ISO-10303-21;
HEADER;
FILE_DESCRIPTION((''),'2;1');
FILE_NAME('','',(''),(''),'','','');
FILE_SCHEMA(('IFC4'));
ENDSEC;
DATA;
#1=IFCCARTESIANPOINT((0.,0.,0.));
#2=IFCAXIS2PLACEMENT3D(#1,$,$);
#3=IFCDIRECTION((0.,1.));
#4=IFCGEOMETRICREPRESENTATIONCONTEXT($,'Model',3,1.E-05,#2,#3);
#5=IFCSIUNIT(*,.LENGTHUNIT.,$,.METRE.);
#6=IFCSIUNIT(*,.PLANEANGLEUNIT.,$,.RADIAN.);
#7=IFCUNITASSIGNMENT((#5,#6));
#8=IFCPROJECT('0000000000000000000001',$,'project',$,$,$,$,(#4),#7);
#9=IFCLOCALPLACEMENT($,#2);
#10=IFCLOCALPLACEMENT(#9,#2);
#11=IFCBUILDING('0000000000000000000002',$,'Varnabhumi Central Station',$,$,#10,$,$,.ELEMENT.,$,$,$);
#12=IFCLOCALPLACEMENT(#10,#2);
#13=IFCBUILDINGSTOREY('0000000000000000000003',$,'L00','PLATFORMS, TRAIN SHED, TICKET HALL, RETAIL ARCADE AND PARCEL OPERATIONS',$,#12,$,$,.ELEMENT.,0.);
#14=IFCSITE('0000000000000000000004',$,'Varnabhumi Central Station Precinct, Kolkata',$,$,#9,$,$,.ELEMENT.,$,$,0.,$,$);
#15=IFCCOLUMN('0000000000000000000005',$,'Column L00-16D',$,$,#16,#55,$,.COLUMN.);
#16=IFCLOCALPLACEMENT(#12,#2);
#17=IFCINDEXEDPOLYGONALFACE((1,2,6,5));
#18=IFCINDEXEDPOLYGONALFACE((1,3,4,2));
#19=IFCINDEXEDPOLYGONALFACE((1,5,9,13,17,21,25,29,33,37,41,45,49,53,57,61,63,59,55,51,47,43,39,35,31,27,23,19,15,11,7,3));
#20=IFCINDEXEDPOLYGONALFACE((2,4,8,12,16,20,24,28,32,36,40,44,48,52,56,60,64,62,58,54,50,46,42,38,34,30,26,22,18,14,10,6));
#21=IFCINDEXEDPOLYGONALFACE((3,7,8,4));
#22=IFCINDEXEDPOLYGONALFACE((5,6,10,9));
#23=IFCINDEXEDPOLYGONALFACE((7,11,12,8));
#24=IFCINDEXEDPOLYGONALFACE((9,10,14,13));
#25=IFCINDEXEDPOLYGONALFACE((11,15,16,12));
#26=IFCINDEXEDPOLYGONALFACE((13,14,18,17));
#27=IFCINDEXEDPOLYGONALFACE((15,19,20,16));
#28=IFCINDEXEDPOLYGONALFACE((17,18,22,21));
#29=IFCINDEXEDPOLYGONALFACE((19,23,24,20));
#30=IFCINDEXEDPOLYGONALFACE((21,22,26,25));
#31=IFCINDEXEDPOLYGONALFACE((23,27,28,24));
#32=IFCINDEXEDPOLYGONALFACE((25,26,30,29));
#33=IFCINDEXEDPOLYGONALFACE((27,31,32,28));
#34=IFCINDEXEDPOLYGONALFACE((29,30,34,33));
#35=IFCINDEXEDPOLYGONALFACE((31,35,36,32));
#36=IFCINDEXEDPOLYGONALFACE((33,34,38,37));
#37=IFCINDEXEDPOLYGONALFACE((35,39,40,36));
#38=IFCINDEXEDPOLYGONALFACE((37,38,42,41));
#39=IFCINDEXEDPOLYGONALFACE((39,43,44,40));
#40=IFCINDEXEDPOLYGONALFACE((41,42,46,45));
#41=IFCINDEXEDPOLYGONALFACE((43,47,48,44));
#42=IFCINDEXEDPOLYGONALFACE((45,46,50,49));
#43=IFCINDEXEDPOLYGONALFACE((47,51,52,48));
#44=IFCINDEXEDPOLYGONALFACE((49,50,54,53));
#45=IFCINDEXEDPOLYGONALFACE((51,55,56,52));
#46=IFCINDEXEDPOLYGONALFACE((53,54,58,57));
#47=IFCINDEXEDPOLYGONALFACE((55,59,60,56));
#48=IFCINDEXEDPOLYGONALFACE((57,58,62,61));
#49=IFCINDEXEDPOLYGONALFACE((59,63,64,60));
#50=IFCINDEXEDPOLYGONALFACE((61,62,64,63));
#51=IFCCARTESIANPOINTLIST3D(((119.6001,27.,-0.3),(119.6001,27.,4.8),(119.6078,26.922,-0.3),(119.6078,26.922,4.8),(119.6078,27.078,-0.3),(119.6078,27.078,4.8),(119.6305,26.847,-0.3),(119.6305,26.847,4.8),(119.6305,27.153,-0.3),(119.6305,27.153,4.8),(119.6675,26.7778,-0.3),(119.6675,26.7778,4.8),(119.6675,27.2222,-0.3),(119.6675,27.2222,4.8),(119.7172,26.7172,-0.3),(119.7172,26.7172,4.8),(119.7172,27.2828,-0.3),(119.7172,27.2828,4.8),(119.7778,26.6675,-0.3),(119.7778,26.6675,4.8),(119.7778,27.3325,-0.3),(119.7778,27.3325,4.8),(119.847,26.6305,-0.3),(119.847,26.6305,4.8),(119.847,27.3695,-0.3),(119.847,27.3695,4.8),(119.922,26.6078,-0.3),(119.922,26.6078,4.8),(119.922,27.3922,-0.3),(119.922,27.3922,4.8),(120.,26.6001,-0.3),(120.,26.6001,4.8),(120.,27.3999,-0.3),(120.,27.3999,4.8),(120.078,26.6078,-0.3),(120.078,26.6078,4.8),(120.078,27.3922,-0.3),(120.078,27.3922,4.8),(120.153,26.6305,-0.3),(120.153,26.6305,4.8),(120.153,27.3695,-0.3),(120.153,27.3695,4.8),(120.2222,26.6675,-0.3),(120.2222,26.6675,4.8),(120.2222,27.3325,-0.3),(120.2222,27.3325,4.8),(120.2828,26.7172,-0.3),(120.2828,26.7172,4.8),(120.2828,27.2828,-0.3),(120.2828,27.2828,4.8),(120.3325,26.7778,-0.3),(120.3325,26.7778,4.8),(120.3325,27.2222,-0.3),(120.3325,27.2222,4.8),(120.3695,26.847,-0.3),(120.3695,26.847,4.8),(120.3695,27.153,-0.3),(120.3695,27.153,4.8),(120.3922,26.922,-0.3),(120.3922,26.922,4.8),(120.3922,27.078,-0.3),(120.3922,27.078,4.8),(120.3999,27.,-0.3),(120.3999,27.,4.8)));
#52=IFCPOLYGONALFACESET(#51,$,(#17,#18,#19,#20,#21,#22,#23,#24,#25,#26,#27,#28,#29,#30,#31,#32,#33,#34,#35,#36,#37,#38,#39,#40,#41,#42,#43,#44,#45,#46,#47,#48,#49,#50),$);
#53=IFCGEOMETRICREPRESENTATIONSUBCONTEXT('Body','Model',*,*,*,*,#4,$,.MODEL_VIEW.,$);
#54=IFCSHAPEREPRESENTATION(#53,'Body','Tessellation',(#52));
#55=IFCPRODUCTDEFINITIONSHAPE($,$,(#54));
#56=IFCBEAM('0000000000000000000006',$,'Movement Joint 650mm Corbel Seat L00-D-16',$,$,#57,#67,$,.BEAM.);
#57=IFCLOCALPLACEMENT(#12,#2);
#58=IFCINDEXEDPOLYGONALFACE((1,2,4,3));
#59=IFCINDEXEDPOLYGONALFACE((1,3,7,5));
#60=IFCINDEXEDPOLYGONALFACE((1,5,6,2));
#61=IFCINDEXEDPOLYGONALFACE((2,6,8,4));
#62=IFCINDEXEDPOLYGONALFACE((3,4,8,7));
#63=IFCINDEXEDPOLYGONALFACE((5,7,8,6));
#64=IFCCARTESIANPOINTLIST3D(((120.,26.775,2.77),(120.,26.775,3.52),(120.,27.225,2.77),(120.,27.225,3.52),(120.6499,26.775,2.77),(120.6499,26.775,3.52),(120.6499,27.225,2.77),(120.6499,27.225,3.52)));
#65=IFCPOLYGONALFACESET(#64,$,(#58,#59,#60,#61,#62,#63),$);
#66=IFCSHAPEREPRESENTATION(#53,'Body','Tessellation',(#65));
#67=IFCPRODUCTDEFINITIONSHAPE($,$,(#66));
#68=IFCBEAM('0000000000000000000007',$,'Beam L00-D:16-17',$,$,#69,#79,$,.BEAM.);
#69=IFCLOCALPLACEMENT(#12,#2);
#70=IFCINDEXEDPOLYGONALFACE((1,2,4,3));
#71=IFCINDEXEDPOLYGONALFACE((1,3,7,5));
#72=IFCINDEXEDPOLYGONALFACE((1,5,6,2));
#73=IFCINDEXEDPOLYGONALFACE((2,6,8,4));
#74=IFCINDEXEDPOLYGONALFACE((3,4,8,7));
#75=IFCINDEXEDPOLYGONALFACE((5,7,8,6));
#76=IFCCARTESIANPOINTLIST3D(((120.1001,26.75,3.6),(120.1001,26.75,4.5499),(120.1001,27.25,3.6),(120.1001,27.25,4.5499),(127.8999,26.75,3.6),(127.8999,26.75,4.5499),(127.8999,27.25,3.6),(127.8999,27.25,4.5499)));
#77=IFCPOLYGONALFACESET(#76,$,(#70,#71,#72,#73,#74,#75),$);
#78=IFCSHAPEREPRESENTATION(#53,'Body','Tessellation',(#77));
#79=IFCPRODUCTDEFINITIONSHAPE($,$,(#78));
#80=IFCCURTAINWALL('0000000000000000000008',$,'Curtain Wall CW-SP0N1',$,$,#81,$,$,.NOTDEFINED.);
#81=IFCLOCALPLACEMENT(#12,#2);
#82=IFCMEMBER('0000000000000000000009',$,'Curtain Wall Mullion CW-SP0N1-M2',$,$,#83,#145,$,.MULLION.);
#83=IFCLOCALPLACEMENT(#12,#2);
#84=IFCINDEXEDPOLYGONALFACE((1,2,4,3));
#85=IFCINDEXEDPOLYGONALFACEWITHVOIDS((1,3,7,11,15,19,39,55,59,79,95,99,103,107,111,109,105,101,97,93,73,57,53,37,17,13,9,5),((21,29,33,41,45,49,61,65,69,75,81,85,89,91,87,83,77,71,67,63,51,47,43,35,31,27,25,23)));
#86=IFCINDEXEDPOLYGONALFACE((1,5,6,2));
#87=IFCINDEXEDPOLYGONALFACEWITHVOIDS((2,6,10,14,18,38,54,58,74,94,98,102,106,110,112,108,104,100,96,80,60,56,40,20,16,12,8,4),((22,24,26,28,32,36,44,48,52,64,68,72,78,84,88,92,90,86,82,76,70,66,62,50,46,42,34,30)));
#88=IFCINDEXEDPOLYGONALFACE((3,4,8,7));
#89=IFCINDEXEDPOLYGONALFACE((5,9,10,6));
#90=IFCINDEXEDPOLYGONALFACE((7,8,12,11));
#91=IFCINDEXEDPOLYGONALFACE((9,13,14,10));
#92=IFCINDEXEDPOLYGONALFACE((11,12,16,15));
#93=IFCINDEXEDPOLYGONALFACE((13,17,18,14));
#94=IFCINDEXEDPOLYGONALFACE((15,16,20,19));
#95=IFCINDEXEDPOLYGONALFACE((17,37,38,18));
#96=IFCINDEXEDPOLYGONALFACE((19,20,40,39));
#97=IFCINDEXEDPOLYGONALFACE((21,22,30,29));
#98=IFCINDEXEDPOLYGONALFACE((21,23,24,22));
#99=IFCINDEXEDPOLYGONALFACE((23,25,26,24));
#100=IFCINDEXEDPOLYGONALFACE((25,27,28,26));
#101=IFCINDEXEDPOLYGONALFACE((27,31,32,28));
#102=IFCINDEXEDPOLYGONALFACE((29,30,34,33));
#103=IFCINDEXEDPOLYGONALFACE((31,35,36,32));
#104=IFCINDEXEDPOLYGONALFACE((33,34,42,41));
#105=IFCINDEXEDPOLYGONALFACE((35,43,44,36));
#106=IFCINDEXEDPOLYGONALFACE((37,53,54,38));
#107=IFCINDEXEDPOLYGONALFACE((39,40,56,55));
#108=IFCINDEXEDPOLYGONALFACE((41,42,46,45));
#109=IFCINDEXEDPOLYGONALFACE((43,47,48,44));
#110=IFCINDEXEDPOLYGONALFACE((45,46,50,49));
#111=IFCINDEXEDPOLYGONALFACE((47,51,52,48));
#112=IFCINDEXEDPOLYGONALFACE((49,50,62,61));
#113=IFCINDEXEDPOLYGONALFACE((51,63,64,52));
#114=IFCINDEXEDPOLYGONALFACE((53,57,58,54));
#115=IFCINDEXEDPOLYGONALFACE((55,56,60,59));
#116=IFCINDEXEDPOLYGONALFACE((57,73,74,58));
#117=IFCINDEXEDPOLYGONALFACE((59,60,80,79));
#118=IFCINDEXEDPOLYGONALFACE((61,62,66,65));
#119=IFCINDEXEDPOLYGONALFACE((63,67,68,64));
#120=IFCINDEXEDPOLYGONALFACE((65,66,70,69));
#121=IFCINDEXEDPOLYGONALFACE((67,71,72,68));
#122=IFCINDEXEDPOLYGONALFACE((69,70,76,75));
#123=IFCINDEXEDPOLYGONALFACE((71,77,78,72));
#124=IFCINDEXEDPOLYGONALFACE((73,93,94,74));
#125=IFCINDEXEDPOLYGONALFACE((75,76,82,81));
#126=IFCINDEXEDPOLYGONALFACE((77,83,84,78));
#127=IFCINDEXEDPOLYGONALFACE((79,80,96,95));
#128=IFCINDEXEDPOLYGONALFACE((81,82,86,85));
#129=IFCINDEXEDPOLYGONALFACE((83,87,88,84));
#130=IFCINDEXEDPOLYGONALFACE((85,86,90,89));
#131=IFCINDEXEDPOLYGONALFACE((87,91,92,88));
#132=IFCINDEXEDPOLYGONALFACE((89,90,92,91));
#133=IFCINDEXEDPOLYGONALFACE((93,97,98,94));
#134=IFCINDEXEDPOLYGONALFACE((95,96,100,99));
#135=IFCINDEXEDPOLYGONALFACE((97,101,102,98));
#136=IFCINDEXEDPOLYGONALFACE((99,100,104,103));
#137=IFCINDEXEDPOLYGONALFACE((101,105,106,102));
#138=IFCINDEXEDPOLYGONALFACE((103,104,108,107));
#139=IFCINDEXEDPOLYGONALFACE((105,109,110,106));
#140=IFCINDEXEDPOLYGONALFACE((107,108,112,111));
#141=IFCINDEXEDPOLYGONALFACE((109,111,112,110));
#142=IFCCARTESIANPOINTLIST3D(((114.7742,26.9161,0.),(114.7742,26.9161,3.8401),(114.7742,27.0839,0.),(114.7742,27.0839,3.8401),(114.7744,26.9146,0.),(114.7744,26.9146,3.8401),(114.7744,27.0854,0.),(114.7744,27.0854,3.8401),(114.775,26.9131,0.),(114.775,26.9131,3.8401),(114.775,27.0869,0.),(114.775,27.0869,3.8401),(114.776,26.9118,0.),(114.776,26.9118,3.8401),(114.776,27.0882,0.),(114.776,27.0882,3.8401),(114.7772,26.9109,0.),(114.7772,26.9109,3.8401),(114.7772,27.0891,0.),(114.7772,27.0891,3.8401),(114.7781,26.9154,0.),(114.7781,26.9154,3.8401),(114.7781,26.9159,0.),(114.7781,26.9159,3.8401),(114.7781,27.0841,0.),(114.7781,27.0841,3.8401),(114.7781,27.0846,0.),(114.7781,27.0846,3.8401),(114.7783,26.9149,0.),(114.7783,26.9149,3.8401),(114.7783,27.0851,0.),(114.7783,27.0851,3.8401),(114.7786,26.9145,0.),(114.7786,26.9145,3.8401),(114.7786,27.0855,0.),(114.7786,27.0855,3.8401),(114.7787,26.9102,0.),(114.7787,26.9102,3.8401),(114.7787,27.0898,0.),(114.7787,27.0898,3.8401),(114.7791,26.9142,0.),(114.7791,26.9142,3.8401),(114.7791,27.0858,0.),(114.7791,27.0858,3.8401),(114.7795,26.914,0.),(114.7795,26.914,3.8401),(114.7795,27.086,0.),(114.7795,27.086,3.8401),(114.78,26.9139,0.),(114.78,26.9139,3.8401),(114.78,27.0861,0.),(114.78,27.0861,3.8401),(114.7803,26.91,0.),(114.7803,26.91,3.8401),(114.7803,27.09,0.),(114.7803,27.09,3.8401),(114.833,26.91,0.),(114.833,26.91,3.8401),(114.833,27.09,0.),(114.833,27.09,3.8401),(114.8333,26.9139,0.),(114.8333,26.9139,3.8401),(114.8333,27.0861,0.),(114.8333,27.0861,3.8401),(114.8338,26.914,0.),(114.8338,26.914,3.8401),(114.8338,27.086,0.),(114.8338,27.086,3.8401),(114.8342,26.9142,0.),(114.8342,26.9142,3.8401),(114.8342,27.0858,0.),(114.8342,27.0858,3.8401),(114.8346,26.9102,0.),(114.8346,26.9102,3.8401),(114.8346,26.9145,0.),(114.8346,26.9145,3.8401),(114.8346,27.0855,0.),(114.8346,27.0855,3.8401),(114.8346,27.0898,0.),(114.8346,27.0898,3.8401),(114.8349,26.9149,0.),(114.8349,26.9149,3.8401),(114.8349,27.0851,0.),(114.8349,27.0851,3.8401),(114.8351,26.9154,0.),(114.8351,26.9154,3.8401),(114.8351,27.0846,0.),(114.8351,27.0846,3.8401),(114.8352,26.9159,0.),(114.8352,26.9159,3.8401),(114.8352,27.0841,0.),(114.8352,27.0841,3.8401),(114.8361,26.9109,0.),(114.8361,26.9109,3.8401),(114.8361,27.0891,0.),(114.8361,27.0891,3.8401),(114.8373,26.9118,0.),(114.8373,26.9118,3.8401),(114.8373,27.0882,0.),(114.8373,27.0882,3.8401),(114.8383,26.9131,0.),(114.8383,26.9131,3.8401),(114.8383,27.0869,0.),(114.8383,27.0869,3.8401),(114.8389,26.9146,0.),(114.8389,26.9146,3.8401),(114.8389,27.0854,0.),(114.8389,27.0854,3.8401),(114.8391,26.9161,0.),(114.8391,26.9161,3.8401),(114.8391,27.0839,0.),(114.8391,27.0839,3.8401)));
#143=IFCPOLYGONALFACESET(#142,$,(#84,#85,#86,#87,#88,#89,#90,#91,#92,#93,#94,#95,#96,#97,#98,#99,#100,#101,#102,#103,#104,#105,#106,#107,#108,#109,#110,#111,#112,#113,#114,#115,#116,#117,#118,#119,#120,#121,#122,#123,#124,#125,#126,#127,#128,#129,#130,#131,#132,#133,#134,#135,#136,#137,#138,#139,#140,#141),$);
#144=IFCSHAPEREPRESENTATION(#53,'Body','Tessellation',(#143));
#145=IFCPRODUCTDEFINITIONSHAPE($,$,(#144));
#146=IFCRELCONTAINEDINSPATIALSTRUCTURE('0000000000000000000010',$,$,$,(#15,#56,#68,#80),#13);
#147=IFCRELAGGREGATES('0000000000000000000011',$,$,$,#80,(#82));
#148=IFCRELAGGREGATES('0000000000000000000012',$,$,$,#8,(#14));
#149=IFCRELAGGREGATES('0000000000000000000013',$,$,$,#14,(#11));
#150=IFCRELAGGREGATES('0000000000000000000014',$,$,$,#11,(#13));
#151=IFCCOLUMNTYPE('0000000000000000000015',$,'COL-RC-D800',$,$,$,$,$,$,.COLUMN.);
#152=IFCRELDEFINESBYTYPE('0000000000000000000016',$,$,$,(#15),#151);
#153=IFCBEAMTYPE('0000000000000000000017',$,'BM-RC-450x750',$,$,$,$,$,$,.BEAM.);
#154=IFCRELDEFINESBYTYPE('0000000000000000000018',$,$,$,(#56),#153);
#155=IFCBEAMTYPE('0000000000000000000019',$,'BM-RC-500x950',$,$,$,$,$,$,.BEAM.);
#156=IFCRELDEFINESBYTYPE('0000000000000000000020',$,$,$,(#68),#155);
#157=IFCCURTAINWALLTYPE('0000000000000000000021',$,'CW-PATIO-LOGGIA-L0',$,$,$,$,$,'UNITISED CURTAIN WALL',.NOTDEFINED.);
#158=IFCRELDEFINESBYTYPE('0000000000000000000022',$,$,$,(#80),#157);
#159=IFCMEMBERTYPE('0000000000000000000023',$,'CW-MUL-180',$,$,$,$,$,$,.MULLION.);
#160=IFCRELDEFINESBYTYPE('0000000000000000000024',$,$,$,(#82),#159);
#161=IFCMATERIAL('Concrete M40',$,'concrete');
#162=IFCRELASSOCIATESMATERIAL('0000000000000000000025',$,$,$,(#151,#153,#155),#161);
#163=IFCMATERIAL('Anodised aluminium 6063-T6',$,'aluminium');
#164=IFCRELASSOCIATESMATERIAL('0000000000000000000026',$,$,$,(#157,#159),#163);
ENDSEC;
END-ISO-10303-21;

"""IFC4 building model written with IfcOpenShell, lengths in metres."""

from ifc_helpers import new_model, si_unit, direction, frame, origin, origin_2d, place, context, subcontext, project, spatial, rectangle, hollow_rectangle, circle, extrude, material, material_profile, profile_set, type_object, element, aggregate, save


model = new_model("IFC4")

# Units and contexts
model_context = context("Model", 3, precision=1e-05, world=origin(), true_north=direction((0.0, 1.0)))
body_context = subcontext(model_context, "Body", "Model", "MODEL_VIEW")
ifc_project = project(units=[si_unit("LENGTHUNIT", "METRE"), si_unit("PLANEANGLEUNIT", "RADIAN")], contexts=[model_context])

# Site, building, storey
site_placement = place(None, origin())
site = spatial("IfcSite", under=ifc_project, at=site_placement, Name="Varnabhumi Central Station Precinct, Kolkata", CompositionType="ELEMENT", RefElevation=0.0)
building_placement = place(site_placement, origin())
building = spatial("IfcBuilding", under=site, at=building_placement, Name="Varnabhumi Central Station", CompositionType="ELEMENT")
storey_placement = place(building_placement, origin())
storey = spatial("IfcBuildingStorey", under=building, at=storey_placement, Name="L00", Description="PLATFORMS, TRAIN SHED, TICKET HALL, RETAIL ARCADE AND PARCEL OPERATIONS", CompositionType="ELEMENT", Elevation=0.0)

# Shared definitions
ifc_material_1 = material(Name="Concrete M40", Category="concrete")

# Column
ifc_material_profile_1 = material_profile(ifc_material_1, circle(Radius=0.3999, at=origin_2d()), Name="Concrete M40", Category="concrete")
ifc_profile_set_1 = profile_set([ifc_material_profile_1], Name="Concrete M40")
column_type = type_object("IfcColumnType", Name="COL-RC-D800", PredefinedType="COLUMN", material=ifc_profile_set_1)
column_placement = place(storey_placement, frame((120.0, 27.0, -0.3), z_axis=(0.0, 0.0, 1.0), x_axis=(1.0, 0.0, 0.0)))
element("IfcColumn", 1, at=column_placement, inside=storey, type_object=column_type, Name="Column L00-16D", PredefinedType="COLUMN", context=body_context, shape_type="SweptSolid", body=[
    extrude(circle(Radius=0.3999, at=origin_2d()), origin(), (0.0, 0.0, 1.0), 5.1001),
])

# Beams
ifc_material_profile_2 = material_profile(ifc_material_1, rectangle(XDim=0.45, YDim=0.75, at=origin_2d()), Name="Concrete M40", Category="concrete")
ifc_profile_set_2 = profile_set([ifc_material_profile_2], Name="Concrete M40")
beam_type_1 = type_object("IfcBeamType", Name="BM-RC-450x750", PredefinedType="BEAM", material=ifc_profile_set_2)
beam_1_placement = place(storey_placement, frame((120.0, 27.0, 3.145), z_axis=(1.0, 0.0, 0.0), x_axis=(0.0, 1.0, 0.0)))
element("IfcBeam", 2, at=beam_1_placement, inside=storey, type_object=beam_type_1, Name="Movement Joint 650mm Corbel Seat L00-D-16", PredefinedType="BEAM", context=body_context, shape_type="SweptSolid", body=[
    extrude(rectangle(XDim=0.45, YDim=0.75, at=origin_2d()), origin(), (0.0, 0.0, 1.0), 0.6499),
])
ifc_material_profile_3 = material_profile(ifc_material_1, rectangle(XDim=0.5, YDim=0.95, at=origin_2d()), Name="Concrete M40", Category="concrete")
ifc_profile_set_3 = profile_set([ifc_material_profile_3], Name="Concrete M40")
beam_type_2 = type_object("IfcBeamType", Name="BM-RC-500x950", PredefinedType="BEAM", material=ifc_profile_set_3)
beam_2_placement = place(storey_placement, frame((120.1001, 27.0, 4.075), z_axis=(1.0, 0.0, 0.0), x_axis=(0.0, 1.0, 0.0)))
element("IfcBeam", 3, at=beam_2_placement, inside=storey, type_object=beam_type_2, Name="Beam L00-D:16-17", PredefinedType="BEAM", context=body_context, shape_type="SweptSolid", body=[
    extrude(rectangle(XDim=0.5, YDim=0.95, at=origin_2d()), origin(), (0.0, 0.0, 1.0), 7.7998),
])

# Curtain wall, member
ifc_material_2 = material(Name="Anodised aluminium 6063-T6", Category="aluminium")
curtain_wall_type = type_object("IfcCurtainWallType", Name="CW-PATIO-LOGGIA-L0", ElementType="UNITISED CURTAIN WALL", PredefinedType="NOTDEFINED", material=ifc_material_2)
curtain_wall_1_placement = place(storey_placement, origin())
curtain_wall_1 = element("IfcCurtainWall", 4, at=curtain_wall_1_placement, inside=storey, type_object=curtain_wall_type, Name="Curtain Wall CW-SP0N1", PredefinedType="NOTDEFINED")
ifc_material_profile_4 = material_profile(ifc_material_2, hollow_rectangle(XDim=0.0649, YDim=0.1799, WallThickness=0.0039, InnerFilletRadius=0.002, OuterFilletRadius=0.0061, at=origin_2d()), Name="Anodised aluminium 6063-T6", Category="aluminium")
ifc_profile_set_4 = profile_set([ifc_material_profile_4], Name="Anodised aluminium 6063-T6")
member_type_1 = type_object("IfcMemberType", Name="CW-MUL-180", PredefinedType="MULLION", material=ifc_profile_set_4)
member_1_placement = place(storey_placement, frame((114.8066, 27.0, 0.0), z_axis=(0.0, 0.0, 1.0), x_axis=(1.0, 0.0, 0.0)))
member_1 = element("IfcMember", 5, at=member_1_placement, type_object=member_type_1, Name="Curtain Wall Mullion CW-SP0N1-M2", PredefinedType="MULLION", context=body_context, shape_type="SweptSolid", body=[
    extrude(hollow_rectangle(XDim=0.0649, YDim=0.1799, WallThickness=0.0039, InnerFilletRadius=0.002, OuterFilletRadius=0.0061, at=origin_2d()), origin(), (0.0, 0.0, 1.0), 3.8401),
])

aggregate(curtain_wall_1, [member_1])

save(model, "model.ifc")
